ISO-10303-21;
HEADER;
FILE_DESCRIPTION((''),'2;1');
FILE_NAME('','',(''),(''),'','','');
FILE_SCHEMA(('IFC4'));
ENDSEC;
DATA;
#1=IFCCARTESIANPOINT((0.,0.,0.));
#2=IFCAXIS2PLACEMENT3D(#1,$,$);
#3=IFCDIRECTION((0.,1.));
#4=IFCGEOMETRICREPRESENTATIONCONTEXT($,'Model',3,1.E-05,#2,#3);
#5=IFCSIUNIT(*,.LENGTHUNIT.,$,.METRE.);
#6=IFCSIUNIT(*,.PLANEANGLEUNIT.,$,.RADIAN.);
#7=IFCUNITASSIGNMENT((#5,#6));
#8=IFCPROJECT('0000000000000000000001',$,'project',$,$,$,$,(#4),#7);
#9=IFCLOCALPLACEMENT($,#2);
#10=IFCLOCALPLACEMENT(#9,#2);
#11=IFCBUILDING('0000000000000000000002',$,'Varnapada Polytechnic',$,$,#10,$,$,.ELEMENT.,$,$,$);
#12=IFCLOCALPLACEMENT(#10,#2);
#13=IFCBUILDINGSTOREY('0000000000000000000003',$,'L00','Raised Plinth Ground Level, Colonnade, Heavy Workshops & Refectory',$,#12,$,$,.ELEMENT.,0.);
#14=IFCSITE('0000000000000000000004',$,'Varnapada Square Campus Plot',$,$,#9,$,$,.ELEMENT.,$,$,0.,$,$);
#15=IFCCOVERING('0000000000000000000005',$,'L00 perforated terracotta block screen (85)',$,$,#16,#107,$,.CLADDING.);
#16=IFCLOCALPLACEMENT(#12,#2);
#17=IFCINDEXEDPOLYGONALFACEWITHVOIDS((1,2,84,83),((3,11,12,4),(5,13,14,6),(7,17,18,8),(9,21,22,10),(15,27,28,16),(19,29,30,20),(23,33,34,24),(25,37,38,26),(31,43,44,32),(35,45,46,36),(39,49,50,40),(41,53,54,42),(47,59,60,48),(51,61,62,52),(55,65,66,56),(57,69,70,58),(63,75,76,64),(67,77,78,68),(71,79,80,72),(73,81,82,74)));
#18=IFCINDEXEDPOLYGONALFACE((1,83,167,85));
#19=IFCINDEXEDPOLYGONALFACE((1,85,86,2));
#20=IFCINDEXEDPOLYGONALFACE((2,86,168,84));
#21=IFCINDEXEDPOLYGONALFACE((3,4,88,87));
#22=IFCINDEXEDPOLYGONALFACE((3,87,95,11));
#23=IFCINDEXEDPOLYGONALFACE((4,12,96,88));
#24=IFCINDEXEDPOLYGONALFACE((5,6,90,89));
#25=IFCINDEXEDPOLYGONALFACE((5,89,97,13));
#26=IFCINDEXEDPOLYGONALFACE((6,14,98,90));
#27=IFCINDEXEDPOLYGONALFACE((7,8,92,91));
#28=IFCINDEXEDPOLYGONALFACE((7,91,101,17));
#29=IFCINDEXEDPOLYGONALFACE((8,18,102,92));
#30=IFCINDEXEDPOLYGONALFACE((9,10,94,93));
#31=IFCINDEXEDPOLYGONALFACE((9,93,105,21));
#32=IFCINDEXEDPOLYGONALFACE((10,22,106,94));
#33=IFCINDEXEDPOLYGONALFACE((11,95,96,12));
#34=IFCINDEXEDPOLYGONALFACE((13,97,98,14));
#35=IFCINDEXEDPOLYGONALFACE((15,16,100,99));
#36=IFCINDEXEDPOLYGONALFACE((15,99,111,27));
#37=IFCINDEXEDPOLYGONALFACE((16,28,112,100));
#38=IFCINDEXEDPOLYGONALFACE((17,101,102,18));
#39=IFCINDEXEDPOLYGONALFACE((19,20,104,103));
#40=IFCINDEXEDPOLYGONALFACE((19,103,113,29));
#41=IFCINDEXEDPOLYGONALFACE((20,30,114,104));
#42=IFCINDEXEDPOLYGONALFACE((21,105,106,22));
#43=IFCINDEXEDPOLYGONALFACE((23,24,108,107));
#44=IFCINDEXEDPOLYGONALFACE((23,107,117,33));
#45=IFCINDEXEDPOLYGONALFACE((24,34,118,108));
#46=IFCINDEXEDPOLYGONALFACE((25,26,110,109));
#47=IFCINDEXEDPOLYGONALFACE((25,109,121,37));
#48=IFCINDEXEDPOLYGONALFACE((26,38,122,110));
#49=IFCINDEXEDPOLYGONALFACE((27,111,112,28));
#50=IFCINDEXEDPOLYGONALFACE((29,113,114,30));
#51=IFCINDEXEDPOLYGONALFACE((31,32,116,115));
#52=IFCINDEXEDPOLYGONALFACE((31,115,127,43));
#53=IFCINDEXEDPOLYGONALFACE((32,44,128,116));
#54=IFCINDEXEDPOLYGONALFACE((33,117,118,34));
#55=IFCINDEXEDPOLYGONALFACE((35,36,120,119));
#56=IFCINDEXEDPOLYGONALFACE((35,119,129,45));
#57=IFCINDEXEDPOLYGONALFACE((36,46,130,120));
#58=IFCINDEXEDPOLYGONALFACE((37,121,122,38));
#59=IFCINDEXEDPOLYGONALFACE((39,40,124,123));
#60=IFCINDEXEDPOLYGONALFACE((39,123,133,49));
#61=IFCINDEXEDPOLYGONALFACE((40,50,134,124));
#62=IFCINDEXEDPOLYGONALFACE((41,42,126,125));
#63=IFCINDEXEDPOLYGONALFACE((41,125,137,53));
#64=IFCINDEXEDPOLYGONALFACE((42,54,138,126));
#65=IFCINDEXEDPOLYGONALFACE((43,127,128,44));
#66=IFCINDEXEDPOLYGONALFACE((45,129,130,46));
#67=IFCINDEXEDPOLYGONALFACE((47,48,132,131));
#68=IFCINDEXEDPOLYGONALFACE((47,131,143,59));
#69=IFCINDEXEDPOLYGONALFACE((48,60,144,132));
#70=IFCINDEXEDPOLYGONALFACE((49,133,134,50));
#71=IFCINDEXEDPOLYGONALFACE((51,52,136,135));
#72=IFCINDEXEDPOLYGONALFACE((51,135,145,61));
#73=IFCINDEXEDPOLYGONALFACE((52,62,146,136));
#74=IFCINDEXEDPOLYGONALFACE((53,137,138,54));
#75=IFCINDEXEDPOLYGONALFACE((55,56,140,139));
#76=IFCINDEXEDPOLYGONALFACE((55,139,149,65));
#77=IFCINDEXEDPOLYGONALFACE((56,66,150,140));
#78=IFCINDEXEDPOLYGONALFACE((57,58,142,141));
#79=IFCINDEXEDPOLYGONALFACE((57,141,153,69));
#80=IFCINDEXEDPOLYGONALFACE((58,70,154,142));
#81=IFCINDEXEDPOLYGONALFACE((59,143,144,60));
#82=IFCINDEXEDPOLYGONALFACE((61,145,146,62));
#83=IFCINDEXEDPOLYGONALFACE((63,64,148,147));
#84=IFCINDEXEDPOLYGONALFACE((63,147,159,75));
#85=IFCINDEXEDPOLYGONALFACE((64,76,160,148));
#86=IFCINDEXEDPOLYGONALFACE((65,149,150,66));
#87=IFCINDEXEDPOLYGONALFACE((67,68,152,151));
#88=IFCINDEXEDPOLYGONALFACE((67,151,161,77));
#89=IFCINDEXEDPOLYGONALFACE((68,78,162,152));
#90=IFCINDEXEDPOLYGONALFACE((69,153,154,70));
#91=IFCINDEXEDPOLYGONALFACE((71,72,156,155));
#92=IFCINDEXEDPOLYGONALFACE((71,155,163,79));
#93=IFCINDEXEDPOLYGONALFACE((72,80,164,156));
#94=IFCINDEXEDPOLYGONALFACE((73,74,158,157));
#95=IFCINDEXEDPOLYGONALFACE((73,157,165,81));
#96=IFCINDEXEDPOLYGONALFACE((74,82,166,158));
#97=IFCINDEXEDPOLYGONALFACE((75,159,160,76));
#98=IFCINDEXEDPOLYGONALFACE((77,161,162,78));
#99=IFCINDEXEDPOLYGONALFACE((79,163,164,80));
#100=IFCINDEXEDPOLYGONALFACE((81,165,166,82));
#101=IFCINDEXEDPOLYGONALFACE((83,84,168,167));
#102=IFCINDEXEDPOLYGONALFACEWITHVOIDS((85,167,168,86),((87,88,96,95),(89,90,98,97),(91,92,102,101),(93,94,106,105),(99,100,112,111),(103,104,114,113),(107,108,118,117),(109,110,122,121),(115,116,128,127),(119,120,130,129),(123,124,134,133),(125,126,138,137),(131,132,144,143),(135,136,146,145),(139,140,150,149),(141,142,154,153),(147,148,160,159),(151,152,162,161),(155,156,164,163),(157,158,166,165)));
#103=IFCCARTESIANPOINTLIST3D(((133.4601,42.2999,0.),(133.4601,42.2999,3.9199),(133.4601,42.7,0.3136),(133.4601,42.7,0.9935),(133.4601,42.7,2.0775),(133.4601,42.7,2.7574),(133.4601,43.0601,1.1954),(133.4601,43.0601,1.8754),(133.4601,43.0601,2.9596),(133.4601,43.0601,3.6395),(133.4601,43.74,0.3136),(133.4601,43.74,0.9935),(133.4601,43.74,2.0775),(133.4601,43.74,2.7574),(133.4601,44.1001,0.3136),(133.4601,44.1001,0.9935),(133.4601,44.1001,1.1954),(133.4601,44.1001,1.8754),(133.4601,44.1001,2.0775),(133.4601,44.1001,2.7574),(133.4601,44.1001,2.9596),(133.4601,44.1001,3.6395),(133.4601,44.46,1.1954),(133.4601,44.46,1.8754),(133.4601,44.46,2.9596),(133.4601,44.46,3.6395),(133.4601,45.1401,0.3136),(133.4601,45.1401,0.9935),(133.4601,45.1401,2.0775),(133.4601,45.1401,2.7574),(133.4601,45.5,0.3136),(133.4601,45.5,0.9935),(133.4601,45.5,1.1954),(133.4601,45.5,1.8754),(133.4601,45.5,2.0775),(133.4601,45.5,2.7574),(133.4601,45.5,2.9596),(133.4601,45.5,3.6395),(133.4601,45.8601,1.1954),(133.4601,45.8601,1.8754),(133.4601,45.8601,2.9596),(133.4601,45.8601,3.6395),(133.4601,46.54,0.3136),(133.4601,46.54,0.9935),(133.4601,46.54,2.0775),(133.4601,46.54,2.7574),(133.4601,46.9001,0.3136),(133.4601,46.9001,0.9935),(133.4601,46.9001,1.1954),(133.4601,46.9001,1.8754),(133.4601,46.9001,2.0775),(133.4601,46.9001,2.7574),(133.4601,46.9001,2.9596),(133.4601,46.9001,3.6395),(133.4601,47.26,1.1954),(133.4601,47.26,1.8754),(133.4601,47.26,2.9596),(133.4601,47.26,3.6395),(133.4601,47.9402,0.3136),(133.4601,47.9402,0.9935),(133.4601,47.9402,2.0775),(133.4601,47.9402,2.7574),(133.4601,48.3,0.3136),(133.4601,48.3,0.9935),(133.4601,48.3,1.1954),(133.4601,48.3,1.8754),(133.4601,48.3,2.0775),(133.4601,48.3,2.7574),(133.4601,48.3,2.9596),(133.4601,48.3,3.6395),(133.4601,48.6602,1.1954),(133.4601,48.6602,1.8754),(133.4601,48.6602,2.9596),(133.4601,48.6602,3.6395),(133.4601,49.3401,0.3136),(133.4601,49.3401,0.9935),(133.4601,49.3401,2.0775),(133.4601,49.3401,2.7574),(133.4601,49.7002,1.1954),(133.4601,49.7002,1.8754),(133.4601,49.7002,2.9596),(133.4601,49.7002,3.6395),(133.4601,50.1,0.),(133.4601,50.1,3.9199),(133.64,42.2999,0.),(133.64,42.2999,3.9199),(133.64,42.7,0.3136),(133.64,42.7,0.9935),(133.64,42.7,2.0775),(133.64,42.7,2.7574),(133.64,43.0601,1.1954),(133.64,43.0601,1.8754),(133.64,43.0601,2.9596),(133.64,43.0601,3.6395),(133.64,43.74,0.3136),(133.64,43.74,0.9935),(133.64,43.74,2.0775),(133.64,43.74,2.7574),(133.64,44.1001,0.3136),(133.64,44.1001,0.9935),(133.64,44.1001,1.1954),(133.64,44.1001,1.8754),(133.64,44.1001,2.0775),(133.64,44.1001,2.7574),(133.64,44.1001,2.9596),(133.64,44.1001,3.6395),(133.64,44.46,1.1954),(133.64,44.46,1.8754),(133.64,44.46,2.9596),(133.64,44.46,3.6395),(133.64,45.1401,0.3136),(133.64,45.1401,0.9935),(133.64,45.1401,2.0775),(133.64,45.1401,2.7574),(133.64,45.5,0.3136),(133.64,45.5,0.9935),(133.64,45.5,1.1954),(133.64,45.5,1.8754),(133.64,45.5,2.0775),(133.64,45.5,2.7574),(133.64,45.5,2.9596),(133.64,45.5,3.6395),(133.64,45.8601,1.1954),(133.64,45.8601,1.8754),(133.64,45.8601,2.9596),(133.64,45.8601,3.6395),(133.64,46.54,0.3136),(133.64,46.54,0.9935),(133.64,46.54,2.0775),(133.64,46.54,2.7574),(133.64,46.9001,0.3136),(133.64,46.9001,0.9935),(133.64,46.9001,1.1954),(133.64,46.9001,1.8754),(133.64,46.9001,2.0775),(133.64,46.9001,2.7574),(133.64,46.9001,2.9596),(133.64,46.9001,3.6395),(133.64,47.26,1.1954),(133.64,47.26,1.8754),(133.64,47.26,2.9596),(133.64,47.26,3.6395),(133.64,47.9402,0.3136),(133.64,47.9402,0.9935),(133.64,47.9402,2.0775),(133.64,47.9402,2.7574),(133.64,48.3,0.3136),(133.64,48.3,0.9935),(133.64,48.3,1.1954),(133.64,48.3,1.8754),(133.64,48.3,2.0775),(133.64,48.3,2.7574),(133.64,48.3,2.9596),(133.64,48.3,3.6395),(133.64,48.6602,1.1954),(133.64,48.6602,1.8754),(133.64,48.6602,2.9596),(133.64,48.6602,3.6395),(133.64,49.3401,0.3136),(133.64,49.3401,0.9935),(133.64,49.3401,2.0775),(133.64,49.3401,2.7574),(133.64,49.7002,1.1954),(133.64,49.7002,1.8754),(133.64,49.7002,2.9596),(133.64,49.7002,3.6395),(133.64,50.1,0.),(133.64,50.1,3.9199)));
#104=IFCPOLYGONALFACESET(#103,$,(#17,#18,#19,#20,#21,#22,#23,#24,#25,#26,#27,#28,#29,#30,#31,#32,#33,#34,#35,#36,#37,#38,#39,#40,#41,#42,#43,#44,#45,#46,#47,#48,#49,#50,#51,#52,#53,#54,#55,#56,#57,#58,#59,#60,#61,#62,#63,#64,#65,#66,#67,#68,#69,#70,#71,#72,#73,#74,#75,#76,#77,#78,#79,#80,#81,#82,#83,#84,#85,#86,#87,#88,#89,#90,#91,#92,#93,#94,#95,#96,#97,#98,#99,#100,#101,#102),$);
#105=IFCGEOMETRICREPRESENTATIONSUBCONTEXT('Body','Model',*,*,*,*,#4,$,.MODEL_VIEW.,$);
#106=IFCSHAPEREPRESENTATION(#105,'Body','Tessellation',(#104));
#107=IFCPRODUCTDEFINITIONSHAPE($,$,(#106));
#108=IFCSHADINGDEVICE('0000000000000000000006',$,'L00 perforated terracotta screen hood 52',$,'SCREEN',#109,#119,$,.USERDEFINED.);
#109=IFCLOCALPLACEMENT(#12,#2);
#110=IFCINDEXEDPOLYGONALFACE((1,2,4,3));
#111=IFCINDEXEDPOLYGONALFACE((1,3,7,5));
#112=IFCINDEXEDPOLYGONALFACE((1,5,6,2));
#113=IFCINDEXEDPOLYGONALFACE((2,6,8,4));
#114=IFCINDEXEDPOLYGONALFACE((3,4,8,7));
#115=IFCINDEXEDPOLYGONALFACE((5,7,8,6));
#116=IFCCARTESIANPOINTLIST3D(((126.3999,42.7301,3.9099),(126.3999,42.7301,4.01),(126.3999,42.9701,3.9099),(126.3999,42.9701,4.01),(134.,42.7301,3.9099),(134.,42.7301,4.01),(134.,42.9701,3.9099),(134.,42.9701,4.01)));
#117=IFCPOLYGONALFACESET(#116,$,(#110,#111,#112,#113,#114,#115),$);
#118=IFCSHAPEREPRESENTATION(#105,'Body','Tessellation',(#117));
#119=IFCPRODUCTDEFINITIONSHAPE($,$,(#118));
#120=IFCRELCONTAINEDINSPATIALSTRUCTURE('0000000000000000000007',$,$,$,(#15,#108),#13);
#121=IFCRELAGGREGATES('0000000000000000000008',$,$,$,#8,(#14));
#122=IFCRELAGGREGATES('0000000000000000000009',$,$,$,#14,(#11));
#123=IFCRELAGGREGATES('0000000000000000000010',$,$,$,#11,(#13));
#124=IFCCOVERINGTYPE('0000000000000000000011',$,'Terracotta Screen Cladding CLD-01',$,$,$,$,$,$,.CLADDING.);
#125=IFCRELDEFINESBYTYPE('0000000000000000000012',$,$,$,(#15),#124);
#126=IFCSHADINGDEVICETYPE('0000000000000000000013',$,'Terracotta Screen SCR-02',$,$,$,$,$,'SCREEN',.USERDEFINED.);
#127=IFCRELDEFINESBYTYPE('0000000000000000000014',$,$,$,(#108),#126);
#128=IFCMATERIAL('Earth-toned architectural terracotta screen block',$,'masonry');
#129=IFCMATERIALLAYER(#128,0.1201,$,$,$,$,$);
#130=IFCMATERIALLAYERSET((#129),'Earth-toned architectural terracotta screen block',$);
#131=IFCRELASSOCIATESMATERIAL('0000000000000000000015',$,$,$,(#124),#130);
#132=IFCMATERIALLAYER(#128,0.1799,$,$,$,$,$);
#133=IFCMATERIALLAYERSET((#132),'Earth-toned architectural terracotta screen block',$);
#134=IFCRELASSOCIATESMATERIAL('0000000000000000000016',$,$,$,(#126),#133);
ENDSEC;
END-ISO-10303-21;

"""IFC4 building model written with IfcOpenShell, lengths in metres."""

from ifc_helpers import new_model, si_unit, direction, frame, frame_2d, origin, origin_2d, place, context, subcontext, project, spatial, rectangle, extrude, material, layer, layer_set, type_object, element, save


model = new_model("IFC4")

# Units and contexts
model_context = context("Model", 3, precision=1e-05, world=origin(), true_north=direction((0.0, 1.0)))
body_context = subcontext(model_context, "Body", "Model", "MODEL_VIEW")
ifc_project = project(units=[si_unit("LENGTHUNIT", "METRE"), si_unit("PLANEANGLEUNIT", "RADIAN")], contexts=[model_context])

# Site, building, storey
site_placement = place(None, origin())
site = spatial("IfcSite", under=ifc_project, at=site_placement, Name="Varnapada Square Campus Plot", CompositionType="ELEMENT", RefElevation=0.0)
building_placement = place(site_placement, origin())
building = spatial("IfcBuilding", under=site, at=building_placement, Name="Varnapada Polytechnic", CompositionType="ELEMENT")
storey_placement = place(building_placement, origin())
storey = spatial("IfcBuildingStorey", under=building, at=storey_placement, Name="L00", Description="Raised Plinth Ground Level, Colonnade, Heavy Workshops & Refectory", CompositionType="ELEMENT", Elevation=0.0)

# Covering, openings
ifc_material_1 = material(Name="Earth-toned architectural terracotta screen block", Category="masonry")
ifc_layer_1 = layer(ifc_material_1, 0.1201)
ifc_layer_set_1 = layer_set([ifc_layer_1], Name="Earth-toned architectural terracotta screen block")
covering_type = type_object("IfcCoveringType", Name="Terracotta Screen Cladding CLD-01", PredefinedType="CLADDING", material=ifc_layer_set_1)
covering_placement = place(storey_placement, frame((133.55, 42.3, 0.0), z_axis=(0.0, 0.0, 1.0), x_axis=(0.0, 1.0, 0.0)))
covering = element("IfcCovering", 1, at=covering_placement, inside=storey, type_object=covering_type, Name="L00 perforated terracotta block screen (85)", PredefinedType="CLADDING", context=body_context, shape_type="SweptSolid", body=[
    extrude(rectangle(XDim=7.8, YDim=0.1799, at=frame_2d((3.8999, 0.0))), origin(), (0.0, 0.0, 1.0), 3.9199),
])
opening_1_placement = place(covering_placement, frame((0.3999, 0.0, 0.3137)))
element("IfcOpeningElement", 2, at=opening_1_placement, cuts=covering, PredefinedType="OPENING", context=body_context, shape_type="SweptSolid", body=[
    extrude(rectangle(XDim=1.04, YDim=0.6799, at=frame_2d((0.52, 0.3398))), frame((0.0, 0.0999, 0.0), z_axis=(0.0, -1.0, 0.0), x_axis=(1.0, 0.0, 0.0)), (0.0, 0.0, 1.0), 0.2),
])
opening_2_placement = place(covering_placement, frame((1.8, 0.0, 0.3137)))
element("IfcOpeningElement", 3, at=opening_2_placement, cuts=covering, PredefinedType="OPENING", context=body_context, shape_type="SweptSolid", body=[
    extrude(rectangle(XDim=1.04, YDim=0.6799, at=frame_2d((0.52, 0.3398))), frame((0.0, 0.0999, 0.0), z_axis=(0.0, -1.0, 0.0), x_axis=(1.0, 0.0, 0.0)), (0.0, 0.0, 1.0), 0.2),
])
opening_3_placement = place(covering_placement, frame((3.2, 0.0, 0.3137)))
element("IfcOpeningElement", 4, at=opening_3_placement, cuts=covering, PredefinedType="OPENING", context=body_context, shape_type="SweptSolid", body=[
    extrude(rectangle(XDim=1.04, YDim=0.6799, at=frame_2d((0.52, 0.3398))), frame((0.0, 0.0999, 0.0), z_axis=(0.0, -1.0, 0.0), x_axis=(1.0, 0.0, 0.0)), (0.0, 0.0, 1.0), 0.2),
])
opening_4_placement = place(covering_placement, frame((4.6001, 0.0, 0.3137)))
element("IfcOpeningElement", 5, at=opening_4_placement, cuts=covering, PredefinedType="OPENING", context=body_context, shape_type="SweptSolid", body=[
    extrude(rectangle(XDim=1.04, YDim=0.6799, at=frame_2d((0.52, 0.3398))), frame((0.0, 0.0999, 0.0), z_axis=(0.0, -1.0, 0.0), x_axis=(1.0, 0.0, 0.0)), (0.0, 0.0, 1.0), 0.2),
])
opening_5_placement = place(covering_placement, frame((6.0, 0.0, 0.3137)))
element("IfcOpeningElement", 6, at=opening_5_placement, cuts=covering, PredefinedType="OPENING", context=body_context, shape_type="SweptSolid", body=[
    extrude(rectangle(XDim=1.04, YDim=0.6799, at=frame_2d((0.52, 0.3398))), frame((0.0, 0.0999, 0.0), z_axis=(0.0, -1.0, 0.0), x_axis=(1.0, 0.0, 0.0)), (0.0, 0.0, 1.0), 0.2),
])
opening_6_placement = place(covering_placement, frame((0.76, 0.0, 1.1956)))
element("IfcOpeningElement", 7, at=opening_6_placement, cuts=covering, PredefinedType="OPENING", context=body_context, shape_type="SweptSolid", body=[
    extrude(rectangle(XDim=1.04, YDim=0.6799, at=frame_2d((0.52, 0.3398))), frame((0.0, 0.0999, 0.0), z_axis=(0.0, -1.0, 0.0), x_axis=(1.0, 0.0, 0.0)), (0.0, 0.0, 1.0), 0.2),
])
opening_7_placement = place(covering_placement, frame((2.1599, 0.0, 1.1956)))
element("IfcOpeningElement", 8, at=opening_7_placement, cuts=covering, PredefinedType="OPENING", context=body_context, shape_type="SweptSolid", body=[
    extrude(rectangle(XDim=1.04, YDim=0.6799, at=frame_2d((0.52, 0.3398))), frame((0.0, 0.0999, 0.0), z_axis=(0.0, -1.0, 0.0), x_axis=(1.0, 0.0, 0.0)), (0.0, 0.0, 1.0), 0.2),
])
opening_8_placement = place(covering_placement, frame((3.5601, 0.0, 1.1956)))
element("IfcOpeningElement", 9, at=opening_8_placement, cuts=covering, PredefinedType="OPENING", context=body_context, shape_type="SweptSolid", body=[
    extrude(rectangle(XDim=1.04, YDim=0.6799, at=frame_2d((0.52, 0.3398))), frame((0.0, 0.0999, 0.0), z_axis=(0.0, -1.0, 0.0), x_axis=(1.0, 0.0, 0.0)), (0.0, 0.0, 1.0), 0.2),
])
opening_9_placement = place(covering_placement, frame((4.96, 0.0, 1.1956)))
element("IfcOpeningElement", 10, at=opening_9_placement, cuts=covering, PredefinedType="OPENING", context=body_context, shape_type="SweptSolid", body=[
    extrude(rectangle(XDim=1.04, YDim=0.6799, at=frame_2d((0.52, 0.3398))), frame((0.0, 0.0999, 0.0), z_axis=(0.0, -1.0, 0.0), x_axis=(1.0, 0.0, 0.0)), (0.0, 0.0, 1.0), 0.2),
])
opening_10_placement = place(covering_placement, frame((6.3601, 0.0, 1.1956)))
element("IfcOpeningElement", 11, at=opening_10_placement, cuts=covering, PredefinedType="OPENING", context=body_context, shape_type="SweptSolid", body=[
    extrude(rectangle(XDim=1.04, YDim=0.6799, at=frame_2d((0.52, 0.3398))), frame((0.0, 0.0999, 0.0), z_axis=(0.0, -1.0, 0.0), x_axis=(1.0, 0.0, 0.0)), (0.0, 0.0, 1.0), 0.2),
])
opening_11_placement = place(covering_placement, frame((0.3999, 0.0, 2.0776)))
element("IfcOpeningElement", 12, at=opening_11_placement, cuts=covering, PredefinedType="OPENING", context=body_context, shape_type="SweptSolid", body=[
    extrude(rectangle(XDim=1.04, YDim=0.6799, at=frame_2d((0.52, 0.3398))), frame((0.0, 0.0999, 0.0), z_axis=(0.0, -1.0, 0.0), x_axis=(1.0, 0.0, 0.0)), (0.0, 0.0, 1.0), 0.2),
])
opening_12_placement = place(covering_placement, frame((1.8, 0.0, 2.0776)))
element("IfcOpeningElement", 13, at=opening_12_placement, cuts=covering, PredefinedType="OPENING", context=body_context, shape_type="SweptSolid", body=[
    extrude(rectangle(XDim=1.04, YDim=0.6799, at=frame_2d((0.52, 0.3398))), frame((0.0, 0.0999, 0.0), z_axis=(0.0, -1.0, 0.0), x_axis=(1.0, 0.0, 0.0)), (0.0, 0.0, 1.0), 0.2),
])
opening_13_placement = place(covering_placement, frame((3.2, 0.0, 2.0776)))
element("IfcOpeningElement", 14, at=opening_13_placement, cuts=covering, PredefinedType="OPENING", context=body_context, shape_type="SweptSolid", body=[
    extrude(rectangle(XDim=1.04, YDim=0.6799, at=frame_2d((0.52, 0.3398))), frame((0.0, 0.0999, 0.0), z_axis=(0.0, -1.0, 0.0), x_axis=(1.0, 0.0, 0.0)), (0.0, 0.0, 1.0), 0.2),
])
opening_14_placement = place(covering_placement, frame((4.6001, 0.0, 2.0776)))
element("IfcOpeningElement", 15, at=opening_14_placement, cuts=covering, PredefinedType="OPENING", context=body_context, shape_type="SweptSolid", body=[
    extrude(rectangle(XDim=1.04, YDim=0.6799, at=frame_2d((0.52, 0.3398))), frame((0.0, 0.0999, 0.0), z_axis=(0.0, -1.0, 0.0), x_axis=(1.0, 0.0, 0.0)), (0.0, 0.0, 1.0), 0.2),
])
opening_15_placement = place(covering_placement, frame((6.0, 0.0, 2.0776)))
element("IfcOpeningElement", 16, at=opening_15_placement, cuts=covering, PredefinedType="OPENING", context=body_context, shape_type="SweptSolid", body=[
    extrude(rectangle(XDim=1.04, YDim=0.6799, at=frame_2d((0.52, 0.3398))), frame((0.0, 0.0999, 0.0), z_axis=(0.0, -1.0, 0.0), x_axis=(1.0, 0.0, 0.0)), (0.0, 0.0, 1.0), 0.2),
])
opening_16_placement = place(covering_placement, frame((0.76, 0.0, 2.9597)))
element("IfcOpeningElement", 17, at=opening_16_placement, cuts=covering, PredefinedType="OPENING", context=body_context, shape_type="SweptSolid", body=[
    extrude(rectangle(XDim=1.04, YDim=0.6799, at=frame_2d((0.52, 0.3398))), frame((0.0, 0.0999, 0.0), z_axis=(0.0, -1.0, 0.0), x_axis=(1.0, 0.0, 0.0)), (0.0, 0.0, 1.0), 0.2),
])
opening_17_placement = place(covering_placement, frame((2.1599, 0.0, 2.9597)))
element("IfcOpeningElement", 18, at=opening_17_placement, cuts=covering, PredefinedType="OPENING", context=body_context, shape_type="SweptSolid", body=[
    extrude(rectangle(XDim=1.04, YDim=0.6799, at=frame_2d((0.52, 0.3398))), frame((0.0, 0.0999, 0.0), z_axis=(0.0, -1.0, 0.0), x_axis=(1.0, 0.0, 0.0)), (0.0, 0.0, 1.0), 0.2),
])
opening_18_placement = place(covering_placement, frame((3.5601, 0.0, 2.9597)))
element("IfcOpeningElement", 19, at=opening_18_placement, cuts=covering, PredefinedType="OPENING", context=body_context, shape_type="SweptSolid", body=[
    extrude(rectangle(XDim=1.04, YDim=0.6799, at=frame_2d((0.52, 0.3398))), frame((0.0, 0.0999, 0.0), z_axis=(0.0, -1.0, 0.0), x_axis=(1.0, 0.0, 0.0)), (0.0, 0.0, 1.0), 0.2),
])
opening_19_placement = place(covering_placement, frame((4.96, 0.0, 2.9597)))
element("IfcOpeningElement", 20, at=opening_19_placement, cuts=covering, PredefinedType="OPENING", context=body_context, shape_type="SweptSolid", body=[
    extrude(rectangle(XDim=1.04, YDim=0.6799, at=frame_2d((0.52, 0.3398))), frame((0.0, 0.0999, 0.0), z_axis=(0.0, -1.0, 0.0), x_axis=(1.0, 0.0, 0.0)), (0.0, 0.0, 1.0), 0.2),
])
opening_20_placement = place(covering_placement, frame((6.3601, 0.0, 2.9597)))
element("IfcOpeningElement", 21, at=opening_20_placement, cuts=covering, PredefinedType="OPENING", context=body_context, shape_type="SweptSolid", body=[
    extrude(rectangle(XDim=1.04, YDim=0.6799, at=frame_2d((0.52, 0.3398))), frame((0.0, 0.0999, 0.0), z_axis=(0.0, -1.0, 0.0), x_axis=(1.0, 0.0, 0.0)), (0.0, 0.0, 1.0), 0.2),
])

# Shading device
ifc_layer_2 = layer(ifc_material_1, 0.1799)
ifc_layer_set_2 = layer_set([ifc_layer_2], Name="Earth-toned architectural terracotta screen block")
shading_device_type = type_object("IfcShadingDeviceType", Name="Terracotta Screen SCR-02", ElementType="SCREEN", PredefinedType="USERDEFINED", material=ifc_layer_set_2)
for number, where, z_axis, x_axis, name in (
    (22, (130.2, 42.8501, 3.9099), (0.0, 0.0, 1.0), (1.0, 0.0, 0.0), "L00 perforated terracotta screen hood 52"),
):
    element("IfcShadingDevice", number, at=place(storey_placement, frame(where, z_axis=z_axis, x_axis=x_axis)), inside=storey, type_object=shading_device_type, Name=name, ObjectType="SCREEN", PredefinedType="USERDEFINED", context=body_context, shape_type="SweptSolid", body=[
        extrude(rectangle(XDim=7.6001, YDim=0.24, at=origin_2d()), origin(), (0.0, 0.0, 1.0), 0.1001),
    ])

save(model, "model.ifc")
